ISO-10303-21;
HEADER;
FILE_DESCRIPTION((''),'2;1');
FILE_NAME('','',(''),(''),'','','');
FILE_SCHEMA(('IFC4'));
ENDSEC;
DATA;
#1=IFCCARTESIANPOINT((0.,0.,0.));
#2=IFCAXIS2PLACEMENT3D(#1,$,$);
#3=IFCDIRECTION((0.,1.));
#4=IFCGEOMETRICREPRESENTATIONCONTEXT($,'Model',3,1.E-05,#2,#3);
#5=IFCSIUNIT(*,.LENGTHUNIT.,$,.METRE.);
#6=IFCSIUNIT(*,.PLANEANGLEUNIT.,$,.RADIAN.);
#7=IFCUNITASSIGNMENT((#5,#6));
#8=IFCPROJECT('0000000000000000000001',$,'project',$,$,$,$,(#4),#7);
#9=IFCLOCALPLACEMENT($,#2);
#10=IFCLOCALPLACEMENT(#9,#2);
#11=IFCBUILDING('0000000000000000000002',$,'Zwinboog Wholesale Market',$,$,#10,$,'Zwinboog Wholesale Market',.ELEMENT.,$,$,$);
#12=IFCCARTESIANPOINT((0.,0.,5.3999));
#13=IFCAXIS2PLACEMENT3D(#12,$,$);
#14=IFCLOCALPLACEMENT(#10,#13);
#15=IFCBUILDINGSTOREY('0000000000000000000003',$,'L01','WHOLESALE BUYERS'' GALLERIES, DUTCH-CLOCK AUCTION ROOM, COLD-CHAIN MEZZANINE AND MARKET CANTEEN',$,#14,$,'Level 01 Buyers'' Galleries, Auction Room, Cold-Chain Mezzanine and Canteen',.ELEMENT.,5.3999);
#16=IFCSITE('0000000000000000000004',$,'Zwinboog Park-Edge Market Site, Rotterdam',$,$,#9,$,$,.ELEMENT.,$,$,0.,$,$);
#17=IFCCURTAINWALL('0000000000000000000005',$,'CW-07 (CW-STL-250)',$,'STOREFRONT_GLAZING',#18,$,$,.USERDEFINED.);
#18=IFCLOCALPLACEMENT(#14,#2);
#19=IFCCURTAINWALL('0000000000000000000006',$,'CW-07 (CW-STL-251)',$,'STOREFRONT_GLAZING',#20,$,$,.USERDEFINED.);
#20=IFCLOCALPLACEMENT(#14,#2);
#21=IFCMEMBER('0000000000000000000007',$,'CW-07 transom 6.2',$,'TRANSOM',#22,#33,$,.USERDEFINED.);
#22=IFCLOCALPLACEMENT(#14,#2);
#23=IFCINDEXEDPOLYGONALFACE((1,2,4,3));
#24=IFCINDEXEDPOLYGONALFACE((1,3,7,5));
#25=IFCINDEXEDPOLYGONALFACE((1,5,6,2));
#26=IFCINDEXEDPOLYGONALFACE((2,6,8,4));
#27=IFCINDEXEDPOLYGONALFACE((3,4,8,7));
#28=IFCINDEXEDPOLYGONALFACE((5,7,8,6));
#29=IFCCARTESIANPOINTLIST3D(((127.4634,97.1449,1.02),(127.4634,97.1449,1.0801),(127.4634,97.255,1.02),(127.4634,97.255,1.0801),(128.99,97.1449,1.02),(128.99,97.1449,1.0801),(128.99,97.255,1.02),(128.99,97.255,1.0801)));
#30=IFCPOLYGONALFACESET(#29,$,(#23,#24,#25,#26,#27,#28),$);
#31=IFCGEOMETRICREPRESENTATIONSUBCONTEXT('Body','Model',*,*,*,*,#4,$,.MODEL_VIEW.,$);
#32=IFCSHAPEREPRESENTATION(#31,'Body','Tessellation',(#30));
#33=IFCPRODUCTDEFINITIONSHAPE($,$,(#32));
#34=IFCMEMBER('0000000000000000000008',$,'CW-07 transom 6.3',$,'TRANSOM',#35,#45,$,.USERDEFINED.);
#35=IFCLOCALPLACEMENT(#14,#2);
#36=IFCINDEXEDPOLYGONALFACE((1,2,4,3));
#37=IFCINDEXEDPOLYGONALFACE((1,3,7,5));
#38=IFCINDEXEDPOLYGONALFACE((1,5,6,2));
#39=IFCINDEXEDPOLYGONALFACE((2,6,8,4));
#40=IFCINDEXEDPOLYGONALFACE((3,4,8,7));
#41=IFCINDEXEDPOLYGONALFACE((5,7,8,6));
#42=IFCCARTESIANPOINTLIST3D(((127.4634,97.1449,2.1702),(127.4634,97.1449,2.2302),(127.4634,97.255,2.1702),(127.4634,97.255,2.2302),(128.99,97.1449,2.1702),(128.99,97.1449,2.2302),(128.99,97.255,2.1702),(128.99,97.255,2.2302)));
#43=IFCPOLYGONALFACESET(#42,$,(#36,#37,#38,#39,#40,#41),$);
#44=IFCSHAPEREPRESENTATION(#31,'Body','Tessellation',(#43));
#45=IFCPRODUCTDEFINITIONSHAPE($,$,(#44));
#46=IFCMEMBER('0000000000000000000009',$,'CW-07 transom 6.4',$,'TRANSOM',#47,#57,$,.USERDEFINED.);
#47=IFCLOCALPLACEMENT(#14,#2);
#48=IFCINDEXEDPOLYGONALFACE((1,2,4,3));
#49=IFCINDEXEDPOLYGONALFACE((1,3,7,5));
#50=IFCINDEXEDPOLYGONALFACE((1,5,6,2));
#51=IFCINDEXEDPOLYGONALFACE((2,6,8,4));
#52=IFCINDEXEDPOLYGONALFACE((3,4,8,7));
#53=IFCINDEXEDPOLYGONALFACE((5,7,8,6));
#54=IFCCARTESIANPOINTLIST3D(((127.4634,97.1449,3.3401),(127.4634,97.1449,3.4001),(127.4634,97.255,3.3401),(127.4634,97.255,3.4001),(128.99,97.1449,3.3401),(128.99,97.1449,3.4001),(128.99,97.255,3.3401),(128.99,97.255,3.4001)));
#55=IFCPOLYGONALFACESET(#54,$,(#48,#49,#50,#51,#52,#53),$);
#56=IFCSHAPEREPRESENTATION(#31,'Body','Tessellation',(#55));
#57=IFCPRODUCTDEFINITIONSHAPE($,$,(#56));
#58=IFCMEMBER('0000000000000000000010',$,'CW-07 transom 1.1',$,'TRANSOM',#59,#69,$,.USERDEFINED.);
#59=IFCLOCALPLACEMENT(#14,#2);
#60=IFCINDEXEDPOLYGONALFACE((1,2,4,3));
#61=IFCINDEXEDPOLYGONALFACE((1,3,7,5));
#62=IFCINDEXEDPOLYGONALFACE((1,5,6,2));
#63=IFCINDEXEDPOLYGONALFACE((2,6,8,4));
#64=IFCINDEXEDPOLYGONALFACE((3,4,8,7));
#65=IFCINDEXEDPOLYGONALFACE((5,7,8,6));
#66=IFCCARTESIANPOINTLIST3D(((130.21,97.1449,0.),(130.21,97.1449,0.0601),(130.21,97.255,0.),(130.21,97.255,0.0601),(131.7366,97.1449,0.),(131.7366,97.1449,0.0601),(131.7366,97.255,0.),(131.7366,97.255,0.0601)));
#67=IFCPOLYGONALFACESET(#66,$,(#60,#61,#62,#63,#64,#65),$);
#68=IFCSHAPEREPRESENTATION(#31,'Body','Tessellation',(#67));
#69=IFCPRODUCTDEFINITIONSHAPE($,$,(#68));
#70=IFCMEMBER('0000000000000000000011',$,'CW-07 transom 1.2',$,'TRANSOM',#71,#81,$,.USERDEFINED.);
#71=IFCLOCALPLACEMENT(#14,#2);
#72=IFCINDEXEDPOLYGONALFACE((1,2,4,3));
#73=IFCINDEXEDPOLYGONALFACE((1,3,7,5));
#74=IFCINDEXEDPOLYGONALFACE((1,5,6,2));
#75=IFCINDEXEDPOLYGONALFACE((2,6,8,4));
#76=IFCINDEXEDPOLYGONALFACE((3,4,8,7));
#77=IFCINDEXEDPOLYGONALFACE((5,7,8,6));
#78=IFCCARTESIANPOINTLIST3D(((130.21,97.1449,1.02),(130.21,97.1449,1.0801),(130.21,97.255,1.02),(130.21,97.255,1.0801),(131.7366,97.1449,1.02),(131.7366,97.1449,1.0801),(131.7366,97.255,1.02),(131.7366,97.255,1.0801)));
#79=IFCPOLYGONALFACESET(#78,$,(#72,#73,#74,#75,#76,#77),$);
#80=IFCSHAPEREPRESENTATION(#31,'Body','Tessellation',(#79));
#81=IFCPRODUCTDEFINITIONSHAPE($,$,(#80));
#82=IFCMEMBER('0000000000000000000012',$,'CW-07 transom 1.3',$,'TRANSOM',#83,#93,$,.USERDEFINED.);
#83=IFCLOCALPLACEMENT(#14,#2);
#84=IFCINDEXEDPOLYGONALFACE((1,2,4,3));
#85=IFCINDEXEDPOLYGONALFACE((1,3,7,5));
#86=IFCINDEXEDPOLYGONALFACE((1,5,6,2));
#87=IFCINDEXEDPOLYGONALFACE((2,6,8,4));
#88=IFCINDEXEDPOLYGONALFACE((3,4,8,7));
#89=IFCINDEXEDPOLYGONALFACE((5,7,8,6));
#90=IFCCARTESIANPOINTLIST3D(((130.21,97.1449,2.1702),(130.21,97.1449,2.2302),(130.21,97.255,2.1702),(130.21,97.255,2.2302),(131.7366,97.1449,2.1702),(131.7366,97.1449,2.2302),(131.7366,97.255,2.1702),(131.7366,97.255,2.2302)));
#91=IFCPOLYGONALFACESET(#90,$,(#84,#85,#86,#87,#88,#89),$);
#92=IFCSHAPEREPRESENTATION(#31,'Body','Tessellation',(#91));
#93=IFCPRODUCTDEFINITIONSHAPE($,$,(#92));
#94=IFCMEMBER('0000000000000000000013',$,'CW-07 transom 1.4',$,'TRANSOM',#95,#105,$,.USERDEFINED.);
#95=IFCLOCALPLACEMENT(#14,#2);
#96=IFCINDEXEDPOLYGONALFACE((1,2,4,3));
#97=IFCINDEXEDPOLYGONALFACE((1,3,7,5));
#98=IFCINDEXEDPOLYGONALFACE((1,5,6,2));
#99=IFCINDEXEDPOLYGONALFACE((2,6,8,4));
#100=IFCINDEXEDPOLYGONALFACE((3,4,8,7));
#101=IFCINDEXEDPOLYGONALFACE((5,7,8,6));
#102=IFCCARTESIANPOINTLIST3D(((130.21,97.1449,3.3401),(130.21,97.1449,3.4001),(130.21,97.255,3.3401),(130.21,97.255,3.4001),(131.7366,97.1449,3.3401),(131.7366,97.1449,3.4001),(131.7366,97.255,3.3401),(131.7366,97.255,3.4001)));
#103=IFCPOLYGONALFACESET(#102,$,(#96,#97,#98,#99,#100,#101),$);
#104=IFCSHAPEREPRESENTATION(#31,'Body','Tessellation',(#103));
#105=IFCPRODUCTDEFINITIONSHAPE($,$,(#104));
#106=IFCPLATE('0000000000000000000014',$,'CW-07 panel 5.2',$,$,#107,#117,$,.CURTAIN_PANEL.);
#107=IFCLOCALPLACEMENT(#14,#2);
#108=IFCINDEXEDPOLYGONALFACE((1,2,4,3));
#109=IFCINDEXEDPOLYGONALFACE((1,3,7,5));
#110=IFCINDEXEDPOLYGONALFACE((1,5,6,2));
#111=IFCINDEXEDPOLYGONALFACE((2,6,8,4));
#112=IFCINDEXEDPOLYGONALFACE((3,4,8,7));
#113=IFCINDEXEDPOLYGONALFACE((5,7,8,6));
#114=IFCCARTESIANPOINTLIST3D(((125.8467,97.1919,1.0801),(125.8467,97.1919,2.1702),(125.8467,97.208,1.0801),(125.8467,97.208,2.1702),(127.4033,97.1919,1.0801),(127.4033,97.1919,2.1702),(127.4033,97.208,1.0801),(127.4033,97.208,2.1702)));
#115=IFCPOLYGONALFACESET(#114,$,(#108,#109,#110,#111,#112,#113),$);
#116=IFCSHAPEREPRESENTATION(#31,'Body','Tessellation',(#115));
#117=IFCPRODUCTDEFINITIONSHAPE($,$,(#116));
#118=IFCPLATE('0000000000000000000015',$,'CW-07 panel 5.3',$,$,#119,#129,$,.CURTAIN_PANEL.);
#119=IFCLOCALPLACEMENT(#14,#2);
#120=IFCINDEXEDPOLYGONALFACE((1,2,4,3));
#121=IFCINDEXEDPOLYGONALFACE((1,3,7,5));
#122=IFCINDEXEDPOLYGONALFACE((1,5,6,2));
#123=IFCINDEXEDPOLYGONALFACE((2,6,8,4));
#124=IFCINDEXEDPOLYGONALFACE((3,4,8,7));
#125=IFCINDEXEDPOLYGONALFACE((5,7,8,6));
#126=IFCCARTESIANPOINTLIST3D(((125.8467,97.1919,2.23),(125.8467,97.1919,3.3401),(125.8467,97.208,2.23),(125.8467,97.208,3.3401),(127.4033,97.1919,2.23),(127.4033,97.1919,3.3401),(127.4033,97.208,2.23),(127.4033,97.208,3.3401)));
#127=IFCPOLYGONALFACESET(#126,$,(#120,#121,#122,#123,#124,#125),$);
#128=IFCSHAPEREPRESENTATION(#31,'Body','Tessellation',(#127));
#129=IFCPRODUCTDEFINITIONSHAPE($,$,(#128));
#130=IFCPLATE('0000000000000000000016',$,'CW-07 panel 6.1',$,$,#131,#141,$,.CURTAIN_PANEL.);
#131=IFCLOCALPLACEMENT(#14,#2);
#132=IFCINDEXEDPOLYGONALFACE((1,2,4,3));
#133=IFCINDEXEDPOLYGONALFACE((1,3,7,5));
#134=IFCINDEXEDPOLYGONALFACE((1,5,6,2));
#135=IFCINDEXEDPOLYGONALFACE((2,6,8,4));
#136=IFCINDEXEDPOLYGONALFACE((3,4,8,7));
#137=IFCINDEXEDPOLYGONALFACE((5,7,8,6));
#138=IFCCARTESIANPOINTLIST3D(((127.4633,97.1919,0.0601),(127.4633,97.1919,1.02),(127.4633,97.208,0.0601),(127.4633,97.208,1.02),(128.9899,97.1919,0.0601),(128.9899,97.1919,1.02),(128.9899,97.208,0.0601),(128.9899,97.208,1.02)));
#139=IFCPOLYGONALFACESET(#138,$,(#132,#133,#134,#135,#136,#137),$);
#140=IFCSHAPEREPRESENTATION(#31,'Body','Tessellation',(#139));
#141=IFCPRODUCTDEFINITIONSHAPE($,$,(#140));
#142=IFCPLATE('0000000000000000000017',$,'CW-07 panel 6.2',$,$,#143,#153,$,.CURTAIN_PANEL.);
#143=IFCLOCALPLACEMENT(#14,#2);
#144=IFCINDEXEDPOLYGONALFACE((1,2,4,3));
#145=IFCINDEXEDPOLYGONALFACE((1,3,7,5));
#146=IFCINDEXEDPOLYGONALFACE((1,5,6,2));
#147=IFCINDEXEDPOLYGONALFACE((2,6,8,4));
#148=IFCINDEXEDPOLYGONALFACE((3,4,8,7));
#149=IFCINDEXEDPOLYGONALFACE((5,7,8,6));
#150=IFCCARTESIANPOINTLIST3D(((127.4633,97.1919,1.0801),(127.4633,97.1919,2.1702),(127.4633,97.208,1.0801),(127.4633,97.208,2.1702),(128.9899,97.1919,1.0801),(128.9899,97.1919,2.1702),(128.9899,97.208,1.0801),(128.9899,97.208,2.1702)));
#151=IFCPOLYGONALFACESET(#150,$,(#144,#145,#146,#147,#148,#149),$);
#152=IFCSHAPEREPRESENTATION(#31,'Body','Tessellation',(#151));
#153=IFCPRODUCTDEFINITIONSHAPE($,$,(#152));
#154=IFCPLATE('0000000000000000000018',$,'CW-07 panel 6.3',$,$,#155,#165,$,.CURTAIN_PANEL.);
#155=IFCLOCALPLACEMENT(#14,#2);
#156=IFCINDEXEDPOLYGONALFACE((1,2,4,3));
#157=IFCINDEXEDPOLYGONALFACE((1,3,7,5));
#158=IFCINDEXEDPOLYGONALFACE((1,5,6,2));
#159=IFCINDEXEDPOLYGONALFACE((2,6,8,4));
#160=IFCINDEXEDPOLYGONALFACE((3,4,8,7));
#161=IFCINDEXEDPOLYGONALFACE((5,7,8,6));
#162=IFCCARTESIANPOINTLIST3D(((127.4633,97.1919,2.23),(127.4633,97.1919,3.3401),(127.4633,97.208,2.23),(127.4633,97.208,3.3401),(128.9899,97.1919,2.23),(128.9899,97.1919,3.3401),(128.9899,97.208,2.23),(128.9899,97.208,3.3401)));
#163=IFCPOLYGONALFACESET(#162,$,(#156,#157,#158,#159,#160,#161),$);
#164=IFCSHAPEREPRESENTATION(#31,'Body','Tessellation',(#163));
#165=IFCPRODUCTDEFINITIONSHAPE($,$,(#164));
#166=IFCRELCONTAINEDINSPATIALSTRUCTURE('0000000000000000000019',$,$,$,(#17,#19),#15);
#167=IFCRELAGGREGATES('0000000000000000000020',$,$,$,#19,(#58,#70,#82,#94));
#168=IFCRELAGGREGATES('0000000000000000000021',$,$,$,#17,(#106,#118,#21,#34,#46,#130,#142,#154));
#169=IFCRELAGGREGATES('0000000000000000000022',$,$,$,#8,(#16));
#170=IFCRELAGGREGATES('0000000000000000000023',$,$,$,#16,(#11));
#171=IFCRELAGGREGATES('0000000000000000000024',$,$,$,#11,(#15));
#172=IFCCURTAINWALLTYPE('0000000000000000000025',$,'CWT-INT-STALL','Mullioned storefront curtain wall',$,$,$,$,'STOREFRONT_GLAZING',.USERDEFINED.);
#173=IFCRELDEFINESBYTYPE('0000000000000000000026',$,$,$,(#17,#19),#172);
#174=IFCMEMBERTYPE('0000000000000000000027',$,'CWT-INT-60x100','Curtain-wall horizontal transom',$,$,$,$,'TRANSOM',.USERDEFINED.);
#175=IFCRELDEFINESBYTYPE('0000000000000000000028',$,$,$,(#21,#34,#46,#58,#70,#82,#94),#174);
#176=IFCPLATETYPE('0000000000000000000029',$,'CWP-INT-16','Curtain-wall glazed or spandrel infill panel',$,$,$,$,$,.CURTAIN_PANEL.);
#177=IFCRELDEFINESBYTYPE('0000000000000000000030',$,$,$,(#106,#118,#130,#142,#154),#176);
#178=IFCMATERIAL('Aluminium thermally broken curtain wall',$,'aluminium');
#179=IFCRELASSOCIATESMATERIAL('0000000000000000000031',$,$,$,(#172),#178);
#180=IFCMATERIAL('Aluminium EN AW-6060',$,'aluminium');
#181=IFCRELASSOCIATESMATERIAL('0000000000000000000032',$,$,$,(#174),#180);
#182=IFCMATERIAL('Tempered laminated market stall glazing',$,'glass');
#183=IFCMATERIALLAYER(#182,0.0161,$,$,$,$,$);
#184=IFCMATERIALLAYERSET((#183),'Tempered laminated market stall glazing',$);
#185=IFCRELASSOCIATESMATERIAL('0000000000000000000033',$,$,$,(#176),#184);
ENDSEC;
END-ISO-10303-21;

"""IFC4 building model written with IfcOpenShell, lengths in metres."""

from ifc_helpers import new_model, si_unit, direction, frame, origin, origin_2d, place, context, subcontext, project, spatial, rectangle, extrude, material, layer, layer_set, material_profile, profile_set, type_object, element, aggregate, save


model = new_model("IFC4")

# Units and contexts
model_context = context("Model", 3, precision=1e-05, world=origin(), true_north=direction((0.0, 1.0)))
body_context = subcontext(model_context, "Body", "Model", "MODEL_VIEW")
ifc_project = project(units=[si_unit("LENGTHUNIT", "METRE"), si_unit("PLANEANGLEUNIT", "RADIAN")], contexts=[model_context])

# Site, building, storey
site_placement = place(None, origin())
site = spatial("IfcSite", under=ifc_project, at=site_placement, Name="Zwinboog Park-Edge Market Site, Rotterdam", CompositionType="ELEMENT", RefElevation=0.0)
building_placement = place(site_placement, origin())
building = spatial("IfcBuilding", under=site, at=building_placement, Name="Zwinboog Wholesale Market", LongName="Zwinboog Wholesale Market", CompositionType="ELEMENT")
storey_placement = place(building_placement, frame((0.0, 0.0, 5.3999)))
storey = spatial("IfcBuildingStorey", under=building, at=storey_placement, Name="L01", Description="WHOLESALE BUYERS' GALLERIES, DUTCH-CLOCK AUCTION ROOM, COLD-CHAIN MEZZANINE AND MARKET CANTEEN", LongName="Level 01 Buyers' Galleries, Auction Room, Cold-Chain Mezzanine and Canteen", CompositionType="ELEMENT", Elevation=5.3999)

# Curtain wall
ifc_material_1 = material(Name="Aluminium thermally broken curtain wall", Category="aluminium")
curtain_wall_type = type_object("IfcCurtainWallType", Name="CWT-INT-STALL", Description="Mullioned storefront curtain wall", ElementType="STOREFRONT_GLAZING", PredefinedType="USERDEFINED", material=ifc_material_1)
curtain_wall_1_placement = place(storey_placement, origin())
curtain_wall_1 = element("IfcCurtainWall", 1, at=curtain_wall_1_placement, inside=storey, type_object=curtain_wall_type, Name="CW-07 (CW-STL-250)", ObjectType="STOREFRONT_GLAZING", PredefinedType="USERDEFINED")
ifc_material_2 = material(Name="Aluminium EN AW-6060", Category="aluminium")

# Curtain wall
curtain_wall_2_placement = place(storey_placement, origin())
curtain_wall_2 = element("IfcCurtainWall", 2, at=curtain_wall_2_placement, inside=storey, type_object=curtain_wall_type, Name="CW-07 (CW-STL-251)", ObjectType="STOREFRONT_GLAZING", PredefinedType="USERDEFINED")

# Members
ifc_material_profile_1 = material_profile(ifc_material_2, rectangle(XDim=0.1101, YDim=0.0601, at=origin_2d()), Name="AL 60x110")
ifc_profile_set_1 = profile_set([ifc_material_profile_1], Name="Aluminium EN AW-6060")
member_type_1 = type_object("IfcMemberType", Name="CWT-INT-60x100", Description="Curtain-wall horizontal transom", ElementType="TRANSOM", PredefinedType="USERDEFINED", material=ifc_profile_set_1)
member_1_placement = place(storey_placement, frame((127.4634, 97.2, 1.05), z_axis=(1.0, 0.0, 0.0), x_axis=(0.0, 1.0, 0.0)))
member_1 = element("IfcMember", 3, at=member_1_placement, type_object=member_type_1, Name="CW-07 transom 6.2", ObjectType="TRANSOM", PredefinedType="USERDEFINED", context=body_context, shape_type="SweptSolid", body=[
    extrude(rectangle(XDim=0.1101, YDim=0.0601, at=origin_2d()), origin(), (0.0, 0.0, 1.0), 1.5266),
])
member_2_placement = place(storey_placement, frame((127.4634, 97.2, 2.2002), z_axis=(1.0, 0.0, 0.0), x_axis=(0.0, 1.0, 0.0)))
member_2 = element("IfcMember", 4, at=member_2_placement, type_object=member_type_1, Name="CW-07 transom 6.3", ObjectType="TRANSOM", PredefinedType="USERDEFINED", context=body_context, shape_type="SweptSolid", body=[
    extrude(rectangle(XDim=0.1101, YDim=0.0601, at=origin_2d()), origin(), (0.0, 0.0, 1.0), 1.5266),
])
member_3_placement = place(storey_placement, frame((127.4634, 97.2, 3.3701), z_axis=(1.0, 0.0, 0.0), x_axis=(0.0, 1.0, 0.0)))
member_3 = element("IfcMember", 5, at=member_3_placement, type_object=member_type_1, Name="CW-07 transom 6.4", ObjectType="TRANSOM", PredefinedType="USERDEFINED", context=body_context, shape_type="SweptSolid", body=[
    extrude(rectangle(XDim=0.1101, YDim=0.0601, at=origin_2d()), origin(), (0.0, 0.0, 1.0), 1.5266),
])
member_4_placement = place(storey_placement, frame((130.21, 97.2, 0.03), z_axis=(1.0, 0.0, 0.0), x_axis=(0.0, 1.0, 0.0)))
member_4 = element("IfcMember", 6, at=member_4_placement, type_object=member_type_1, Name="CW-07 transom 1.1", ObjectType="TRANSOM", PredefinedType="USERDEFINED", context=body_context, shape_type="SweptSolid", body=[
    extrude(rectangle(XDim=0.1101, YDim=0.0601, at=origin_2d()), origin(), (0.0, 0.0, 1.0), 1.5266),
])
member_5_placement = place(storey_placement, frame((130.21, 97.2, 1.05), z_axis=(1.0, 0.0, 0.0), x_axis=(0.0, 1.0, 0.0)))
member_5 = element("IfcMember", 7, at=member_5_placement, type_object=member_type_1, Name="CW-07 transom 1.2", ObjectType="TRANSOM", PredefinedType="USERDEFINED", context=body_context, shape_type="SweptSolid", body=[
    extrude(rectangle(XDim=0.1101, YDim=0.0601, at=origin_2d()), origin(), (0.0, 0.0, 1.0), 1.5266),
])
member_6_placement = place(storey_placement, frame((130.21, 97.2, 2.2002), z_axis=(1.0, 0.0, 0.0), x_axis=(0.0, 1.0, 0.0)))
member_6 = element("IfcMember", 8, at=member_6_placement, type_object=member_type_1, Name="CW-07 transom 1.3", ObjectType="TRANSOM", PredefinedType="USERDEFINED", context=body_context, shape_type="SweptSolid", body=[
    extrude(rectangle(XDim=0.1101, YDim=0.0601, at=origin_2d()), origin(), (0.0, 0.0, 1.0), 1.5266),
])
member_7_placement = place(storey_placement, frame((130.21, 97.2, 3.3701), z_axis=(1.0, 0.0, 0.0), x_axis=(0.0, 1.0, 0.0)))
member_7 = element("IfcMember", 9, at=member_7_placement, type_object=member_type_1, Name="CW-07 transom 1.4", ObjectType="TRANSOM", PredefinedType="USERDEFINED", context=body_context, shape_type="SweptSolid", body=[
    extrude(rectangle(XDim=0.1101, YDim=0.0601, at=origin_2d()), origin(), (0.0, 0.0, 1.0), 1.5266),
])
aggregate(curtain_wall_2, [member_4, member_5, member_6, member_7])

# Plates
ifc_material_3 = material(Name="Tempered laminated market stall glazing", Category="glass")
ifc_layer = layer(ifc_material_3, 0.0161)
ifc_layer_set = layer_set([ifc_layer], Name="Tempered laminated market stall glazing")
plate_type = type_object("IfcPlateType", Name="CWP-INT-16", Description="Curtain-wall glazed or spandrel infill panel", PredefinedType="CURTAIN_PANEL", material=ifc_layer_set)
plate_1_placement = place(storey_placement, frame((126.625, 97.2, 1.0801), z_axis=(0.0, 0.0, 1.0), x_axis=(1.0, 0.0, 0.0)))
plate_1 = element("IfcPlate", 10, at=plate_1_placement, type_object=plate_type, Name="CW-07 panel 5.2", PredefinedType="CURTAIN_PANEL", context=body_context, shape_type="SweptSolid", body=[
    extrude(rectangle(XDim=1.5566, YDim=0.0161, at=origin_2d()), origin(), (0.0, 0.0, 1.0), 1.0901),
])
plate_2_placement = place(storey_placement, frame((126.625, 97.2, 2.23), z_axis=(0.0, 0.0, 1.0), x_axis=(1.0, 0.0, 0.0)))
plate_2 = element("IfcPlate", 11, at=plate_2_placement, type_object=plate_type, Name="CW-07 panel 5.3", PredefinedType="CURTAIN_PANEL", context=body_context, shape_type="SweptSolid", body=[
    extrude(rectangle(XDim=1.5566, YDim=0.0161, at=origin_2d()), origin(), (0.0, 0.0, 1.0), 1.1101),
])
plate_3_placement = place(storey_placement, frame((128.2266, 97.2, 0.0601), z_axis=(0.0, 0.0, 1.0), x_axis=(1.0, 0.0, 0.0)))
plate_3 = element("IfcPlate", 12, at=plate_3_placement, type_object=plate_type, Name="CW-07 panel 6.1", PredefinedType="CURTAIN_PANEL", context=body_context, shape_type="SweptSolid", body=[
    extrude(rectangle(XDim=1.5266, YDim=0.0161, at=origin_2d()), origin(), (0.0, 0.0, 1.0), 0.96),
])
plate_4_placement = place(storey_placement, frame((128.2266, 97.2, 1.0801), z_axis=(0.0, 0.0, 1.0), x_axis=(1.0, 0.0, 0.0)))
plate_4 = element("IfcPlate", 13, at=plate_4_placement, type_object=plate_type, Name="CW-07 panel 6.2", PredefinedType="CURTAIN_PANEL", context=body_context, shape_type="SweptSolid", body=[
    extrude(rectangle(XDim=1.5266, YDim=0.0161, at=origin_2d()), origin(), (0.0, 0.0, 1.0), 1.0901),
])
plate_5_placement = place(storey_placement, frame((128.2266, 97.2, 2.23), z_axis=(0.0, 0.0, 1.0), x_axis=(1.0, 0.0, 0.0)))
plate_5 = element("IfcPlate", 14, at=plate_5_placement, type_object=plate_type, Name="CW-07 panel 6.3", PredefinedType="CURTAIN_PANEL", context=body_context, shape_type="SweptSolid", body=[
    extrude(rectangle(XDim=1.5266, YDim=0.0161, at=origin_2d()), origin(), (0.0, 0.0, 1.0), 1.1101),
])
aggregate(curtain_wall_1, [plate_1, plate_2, member_1, member_2, member_3, plate_3, plate_4, plate_5])

save(model, "model.ifc")
